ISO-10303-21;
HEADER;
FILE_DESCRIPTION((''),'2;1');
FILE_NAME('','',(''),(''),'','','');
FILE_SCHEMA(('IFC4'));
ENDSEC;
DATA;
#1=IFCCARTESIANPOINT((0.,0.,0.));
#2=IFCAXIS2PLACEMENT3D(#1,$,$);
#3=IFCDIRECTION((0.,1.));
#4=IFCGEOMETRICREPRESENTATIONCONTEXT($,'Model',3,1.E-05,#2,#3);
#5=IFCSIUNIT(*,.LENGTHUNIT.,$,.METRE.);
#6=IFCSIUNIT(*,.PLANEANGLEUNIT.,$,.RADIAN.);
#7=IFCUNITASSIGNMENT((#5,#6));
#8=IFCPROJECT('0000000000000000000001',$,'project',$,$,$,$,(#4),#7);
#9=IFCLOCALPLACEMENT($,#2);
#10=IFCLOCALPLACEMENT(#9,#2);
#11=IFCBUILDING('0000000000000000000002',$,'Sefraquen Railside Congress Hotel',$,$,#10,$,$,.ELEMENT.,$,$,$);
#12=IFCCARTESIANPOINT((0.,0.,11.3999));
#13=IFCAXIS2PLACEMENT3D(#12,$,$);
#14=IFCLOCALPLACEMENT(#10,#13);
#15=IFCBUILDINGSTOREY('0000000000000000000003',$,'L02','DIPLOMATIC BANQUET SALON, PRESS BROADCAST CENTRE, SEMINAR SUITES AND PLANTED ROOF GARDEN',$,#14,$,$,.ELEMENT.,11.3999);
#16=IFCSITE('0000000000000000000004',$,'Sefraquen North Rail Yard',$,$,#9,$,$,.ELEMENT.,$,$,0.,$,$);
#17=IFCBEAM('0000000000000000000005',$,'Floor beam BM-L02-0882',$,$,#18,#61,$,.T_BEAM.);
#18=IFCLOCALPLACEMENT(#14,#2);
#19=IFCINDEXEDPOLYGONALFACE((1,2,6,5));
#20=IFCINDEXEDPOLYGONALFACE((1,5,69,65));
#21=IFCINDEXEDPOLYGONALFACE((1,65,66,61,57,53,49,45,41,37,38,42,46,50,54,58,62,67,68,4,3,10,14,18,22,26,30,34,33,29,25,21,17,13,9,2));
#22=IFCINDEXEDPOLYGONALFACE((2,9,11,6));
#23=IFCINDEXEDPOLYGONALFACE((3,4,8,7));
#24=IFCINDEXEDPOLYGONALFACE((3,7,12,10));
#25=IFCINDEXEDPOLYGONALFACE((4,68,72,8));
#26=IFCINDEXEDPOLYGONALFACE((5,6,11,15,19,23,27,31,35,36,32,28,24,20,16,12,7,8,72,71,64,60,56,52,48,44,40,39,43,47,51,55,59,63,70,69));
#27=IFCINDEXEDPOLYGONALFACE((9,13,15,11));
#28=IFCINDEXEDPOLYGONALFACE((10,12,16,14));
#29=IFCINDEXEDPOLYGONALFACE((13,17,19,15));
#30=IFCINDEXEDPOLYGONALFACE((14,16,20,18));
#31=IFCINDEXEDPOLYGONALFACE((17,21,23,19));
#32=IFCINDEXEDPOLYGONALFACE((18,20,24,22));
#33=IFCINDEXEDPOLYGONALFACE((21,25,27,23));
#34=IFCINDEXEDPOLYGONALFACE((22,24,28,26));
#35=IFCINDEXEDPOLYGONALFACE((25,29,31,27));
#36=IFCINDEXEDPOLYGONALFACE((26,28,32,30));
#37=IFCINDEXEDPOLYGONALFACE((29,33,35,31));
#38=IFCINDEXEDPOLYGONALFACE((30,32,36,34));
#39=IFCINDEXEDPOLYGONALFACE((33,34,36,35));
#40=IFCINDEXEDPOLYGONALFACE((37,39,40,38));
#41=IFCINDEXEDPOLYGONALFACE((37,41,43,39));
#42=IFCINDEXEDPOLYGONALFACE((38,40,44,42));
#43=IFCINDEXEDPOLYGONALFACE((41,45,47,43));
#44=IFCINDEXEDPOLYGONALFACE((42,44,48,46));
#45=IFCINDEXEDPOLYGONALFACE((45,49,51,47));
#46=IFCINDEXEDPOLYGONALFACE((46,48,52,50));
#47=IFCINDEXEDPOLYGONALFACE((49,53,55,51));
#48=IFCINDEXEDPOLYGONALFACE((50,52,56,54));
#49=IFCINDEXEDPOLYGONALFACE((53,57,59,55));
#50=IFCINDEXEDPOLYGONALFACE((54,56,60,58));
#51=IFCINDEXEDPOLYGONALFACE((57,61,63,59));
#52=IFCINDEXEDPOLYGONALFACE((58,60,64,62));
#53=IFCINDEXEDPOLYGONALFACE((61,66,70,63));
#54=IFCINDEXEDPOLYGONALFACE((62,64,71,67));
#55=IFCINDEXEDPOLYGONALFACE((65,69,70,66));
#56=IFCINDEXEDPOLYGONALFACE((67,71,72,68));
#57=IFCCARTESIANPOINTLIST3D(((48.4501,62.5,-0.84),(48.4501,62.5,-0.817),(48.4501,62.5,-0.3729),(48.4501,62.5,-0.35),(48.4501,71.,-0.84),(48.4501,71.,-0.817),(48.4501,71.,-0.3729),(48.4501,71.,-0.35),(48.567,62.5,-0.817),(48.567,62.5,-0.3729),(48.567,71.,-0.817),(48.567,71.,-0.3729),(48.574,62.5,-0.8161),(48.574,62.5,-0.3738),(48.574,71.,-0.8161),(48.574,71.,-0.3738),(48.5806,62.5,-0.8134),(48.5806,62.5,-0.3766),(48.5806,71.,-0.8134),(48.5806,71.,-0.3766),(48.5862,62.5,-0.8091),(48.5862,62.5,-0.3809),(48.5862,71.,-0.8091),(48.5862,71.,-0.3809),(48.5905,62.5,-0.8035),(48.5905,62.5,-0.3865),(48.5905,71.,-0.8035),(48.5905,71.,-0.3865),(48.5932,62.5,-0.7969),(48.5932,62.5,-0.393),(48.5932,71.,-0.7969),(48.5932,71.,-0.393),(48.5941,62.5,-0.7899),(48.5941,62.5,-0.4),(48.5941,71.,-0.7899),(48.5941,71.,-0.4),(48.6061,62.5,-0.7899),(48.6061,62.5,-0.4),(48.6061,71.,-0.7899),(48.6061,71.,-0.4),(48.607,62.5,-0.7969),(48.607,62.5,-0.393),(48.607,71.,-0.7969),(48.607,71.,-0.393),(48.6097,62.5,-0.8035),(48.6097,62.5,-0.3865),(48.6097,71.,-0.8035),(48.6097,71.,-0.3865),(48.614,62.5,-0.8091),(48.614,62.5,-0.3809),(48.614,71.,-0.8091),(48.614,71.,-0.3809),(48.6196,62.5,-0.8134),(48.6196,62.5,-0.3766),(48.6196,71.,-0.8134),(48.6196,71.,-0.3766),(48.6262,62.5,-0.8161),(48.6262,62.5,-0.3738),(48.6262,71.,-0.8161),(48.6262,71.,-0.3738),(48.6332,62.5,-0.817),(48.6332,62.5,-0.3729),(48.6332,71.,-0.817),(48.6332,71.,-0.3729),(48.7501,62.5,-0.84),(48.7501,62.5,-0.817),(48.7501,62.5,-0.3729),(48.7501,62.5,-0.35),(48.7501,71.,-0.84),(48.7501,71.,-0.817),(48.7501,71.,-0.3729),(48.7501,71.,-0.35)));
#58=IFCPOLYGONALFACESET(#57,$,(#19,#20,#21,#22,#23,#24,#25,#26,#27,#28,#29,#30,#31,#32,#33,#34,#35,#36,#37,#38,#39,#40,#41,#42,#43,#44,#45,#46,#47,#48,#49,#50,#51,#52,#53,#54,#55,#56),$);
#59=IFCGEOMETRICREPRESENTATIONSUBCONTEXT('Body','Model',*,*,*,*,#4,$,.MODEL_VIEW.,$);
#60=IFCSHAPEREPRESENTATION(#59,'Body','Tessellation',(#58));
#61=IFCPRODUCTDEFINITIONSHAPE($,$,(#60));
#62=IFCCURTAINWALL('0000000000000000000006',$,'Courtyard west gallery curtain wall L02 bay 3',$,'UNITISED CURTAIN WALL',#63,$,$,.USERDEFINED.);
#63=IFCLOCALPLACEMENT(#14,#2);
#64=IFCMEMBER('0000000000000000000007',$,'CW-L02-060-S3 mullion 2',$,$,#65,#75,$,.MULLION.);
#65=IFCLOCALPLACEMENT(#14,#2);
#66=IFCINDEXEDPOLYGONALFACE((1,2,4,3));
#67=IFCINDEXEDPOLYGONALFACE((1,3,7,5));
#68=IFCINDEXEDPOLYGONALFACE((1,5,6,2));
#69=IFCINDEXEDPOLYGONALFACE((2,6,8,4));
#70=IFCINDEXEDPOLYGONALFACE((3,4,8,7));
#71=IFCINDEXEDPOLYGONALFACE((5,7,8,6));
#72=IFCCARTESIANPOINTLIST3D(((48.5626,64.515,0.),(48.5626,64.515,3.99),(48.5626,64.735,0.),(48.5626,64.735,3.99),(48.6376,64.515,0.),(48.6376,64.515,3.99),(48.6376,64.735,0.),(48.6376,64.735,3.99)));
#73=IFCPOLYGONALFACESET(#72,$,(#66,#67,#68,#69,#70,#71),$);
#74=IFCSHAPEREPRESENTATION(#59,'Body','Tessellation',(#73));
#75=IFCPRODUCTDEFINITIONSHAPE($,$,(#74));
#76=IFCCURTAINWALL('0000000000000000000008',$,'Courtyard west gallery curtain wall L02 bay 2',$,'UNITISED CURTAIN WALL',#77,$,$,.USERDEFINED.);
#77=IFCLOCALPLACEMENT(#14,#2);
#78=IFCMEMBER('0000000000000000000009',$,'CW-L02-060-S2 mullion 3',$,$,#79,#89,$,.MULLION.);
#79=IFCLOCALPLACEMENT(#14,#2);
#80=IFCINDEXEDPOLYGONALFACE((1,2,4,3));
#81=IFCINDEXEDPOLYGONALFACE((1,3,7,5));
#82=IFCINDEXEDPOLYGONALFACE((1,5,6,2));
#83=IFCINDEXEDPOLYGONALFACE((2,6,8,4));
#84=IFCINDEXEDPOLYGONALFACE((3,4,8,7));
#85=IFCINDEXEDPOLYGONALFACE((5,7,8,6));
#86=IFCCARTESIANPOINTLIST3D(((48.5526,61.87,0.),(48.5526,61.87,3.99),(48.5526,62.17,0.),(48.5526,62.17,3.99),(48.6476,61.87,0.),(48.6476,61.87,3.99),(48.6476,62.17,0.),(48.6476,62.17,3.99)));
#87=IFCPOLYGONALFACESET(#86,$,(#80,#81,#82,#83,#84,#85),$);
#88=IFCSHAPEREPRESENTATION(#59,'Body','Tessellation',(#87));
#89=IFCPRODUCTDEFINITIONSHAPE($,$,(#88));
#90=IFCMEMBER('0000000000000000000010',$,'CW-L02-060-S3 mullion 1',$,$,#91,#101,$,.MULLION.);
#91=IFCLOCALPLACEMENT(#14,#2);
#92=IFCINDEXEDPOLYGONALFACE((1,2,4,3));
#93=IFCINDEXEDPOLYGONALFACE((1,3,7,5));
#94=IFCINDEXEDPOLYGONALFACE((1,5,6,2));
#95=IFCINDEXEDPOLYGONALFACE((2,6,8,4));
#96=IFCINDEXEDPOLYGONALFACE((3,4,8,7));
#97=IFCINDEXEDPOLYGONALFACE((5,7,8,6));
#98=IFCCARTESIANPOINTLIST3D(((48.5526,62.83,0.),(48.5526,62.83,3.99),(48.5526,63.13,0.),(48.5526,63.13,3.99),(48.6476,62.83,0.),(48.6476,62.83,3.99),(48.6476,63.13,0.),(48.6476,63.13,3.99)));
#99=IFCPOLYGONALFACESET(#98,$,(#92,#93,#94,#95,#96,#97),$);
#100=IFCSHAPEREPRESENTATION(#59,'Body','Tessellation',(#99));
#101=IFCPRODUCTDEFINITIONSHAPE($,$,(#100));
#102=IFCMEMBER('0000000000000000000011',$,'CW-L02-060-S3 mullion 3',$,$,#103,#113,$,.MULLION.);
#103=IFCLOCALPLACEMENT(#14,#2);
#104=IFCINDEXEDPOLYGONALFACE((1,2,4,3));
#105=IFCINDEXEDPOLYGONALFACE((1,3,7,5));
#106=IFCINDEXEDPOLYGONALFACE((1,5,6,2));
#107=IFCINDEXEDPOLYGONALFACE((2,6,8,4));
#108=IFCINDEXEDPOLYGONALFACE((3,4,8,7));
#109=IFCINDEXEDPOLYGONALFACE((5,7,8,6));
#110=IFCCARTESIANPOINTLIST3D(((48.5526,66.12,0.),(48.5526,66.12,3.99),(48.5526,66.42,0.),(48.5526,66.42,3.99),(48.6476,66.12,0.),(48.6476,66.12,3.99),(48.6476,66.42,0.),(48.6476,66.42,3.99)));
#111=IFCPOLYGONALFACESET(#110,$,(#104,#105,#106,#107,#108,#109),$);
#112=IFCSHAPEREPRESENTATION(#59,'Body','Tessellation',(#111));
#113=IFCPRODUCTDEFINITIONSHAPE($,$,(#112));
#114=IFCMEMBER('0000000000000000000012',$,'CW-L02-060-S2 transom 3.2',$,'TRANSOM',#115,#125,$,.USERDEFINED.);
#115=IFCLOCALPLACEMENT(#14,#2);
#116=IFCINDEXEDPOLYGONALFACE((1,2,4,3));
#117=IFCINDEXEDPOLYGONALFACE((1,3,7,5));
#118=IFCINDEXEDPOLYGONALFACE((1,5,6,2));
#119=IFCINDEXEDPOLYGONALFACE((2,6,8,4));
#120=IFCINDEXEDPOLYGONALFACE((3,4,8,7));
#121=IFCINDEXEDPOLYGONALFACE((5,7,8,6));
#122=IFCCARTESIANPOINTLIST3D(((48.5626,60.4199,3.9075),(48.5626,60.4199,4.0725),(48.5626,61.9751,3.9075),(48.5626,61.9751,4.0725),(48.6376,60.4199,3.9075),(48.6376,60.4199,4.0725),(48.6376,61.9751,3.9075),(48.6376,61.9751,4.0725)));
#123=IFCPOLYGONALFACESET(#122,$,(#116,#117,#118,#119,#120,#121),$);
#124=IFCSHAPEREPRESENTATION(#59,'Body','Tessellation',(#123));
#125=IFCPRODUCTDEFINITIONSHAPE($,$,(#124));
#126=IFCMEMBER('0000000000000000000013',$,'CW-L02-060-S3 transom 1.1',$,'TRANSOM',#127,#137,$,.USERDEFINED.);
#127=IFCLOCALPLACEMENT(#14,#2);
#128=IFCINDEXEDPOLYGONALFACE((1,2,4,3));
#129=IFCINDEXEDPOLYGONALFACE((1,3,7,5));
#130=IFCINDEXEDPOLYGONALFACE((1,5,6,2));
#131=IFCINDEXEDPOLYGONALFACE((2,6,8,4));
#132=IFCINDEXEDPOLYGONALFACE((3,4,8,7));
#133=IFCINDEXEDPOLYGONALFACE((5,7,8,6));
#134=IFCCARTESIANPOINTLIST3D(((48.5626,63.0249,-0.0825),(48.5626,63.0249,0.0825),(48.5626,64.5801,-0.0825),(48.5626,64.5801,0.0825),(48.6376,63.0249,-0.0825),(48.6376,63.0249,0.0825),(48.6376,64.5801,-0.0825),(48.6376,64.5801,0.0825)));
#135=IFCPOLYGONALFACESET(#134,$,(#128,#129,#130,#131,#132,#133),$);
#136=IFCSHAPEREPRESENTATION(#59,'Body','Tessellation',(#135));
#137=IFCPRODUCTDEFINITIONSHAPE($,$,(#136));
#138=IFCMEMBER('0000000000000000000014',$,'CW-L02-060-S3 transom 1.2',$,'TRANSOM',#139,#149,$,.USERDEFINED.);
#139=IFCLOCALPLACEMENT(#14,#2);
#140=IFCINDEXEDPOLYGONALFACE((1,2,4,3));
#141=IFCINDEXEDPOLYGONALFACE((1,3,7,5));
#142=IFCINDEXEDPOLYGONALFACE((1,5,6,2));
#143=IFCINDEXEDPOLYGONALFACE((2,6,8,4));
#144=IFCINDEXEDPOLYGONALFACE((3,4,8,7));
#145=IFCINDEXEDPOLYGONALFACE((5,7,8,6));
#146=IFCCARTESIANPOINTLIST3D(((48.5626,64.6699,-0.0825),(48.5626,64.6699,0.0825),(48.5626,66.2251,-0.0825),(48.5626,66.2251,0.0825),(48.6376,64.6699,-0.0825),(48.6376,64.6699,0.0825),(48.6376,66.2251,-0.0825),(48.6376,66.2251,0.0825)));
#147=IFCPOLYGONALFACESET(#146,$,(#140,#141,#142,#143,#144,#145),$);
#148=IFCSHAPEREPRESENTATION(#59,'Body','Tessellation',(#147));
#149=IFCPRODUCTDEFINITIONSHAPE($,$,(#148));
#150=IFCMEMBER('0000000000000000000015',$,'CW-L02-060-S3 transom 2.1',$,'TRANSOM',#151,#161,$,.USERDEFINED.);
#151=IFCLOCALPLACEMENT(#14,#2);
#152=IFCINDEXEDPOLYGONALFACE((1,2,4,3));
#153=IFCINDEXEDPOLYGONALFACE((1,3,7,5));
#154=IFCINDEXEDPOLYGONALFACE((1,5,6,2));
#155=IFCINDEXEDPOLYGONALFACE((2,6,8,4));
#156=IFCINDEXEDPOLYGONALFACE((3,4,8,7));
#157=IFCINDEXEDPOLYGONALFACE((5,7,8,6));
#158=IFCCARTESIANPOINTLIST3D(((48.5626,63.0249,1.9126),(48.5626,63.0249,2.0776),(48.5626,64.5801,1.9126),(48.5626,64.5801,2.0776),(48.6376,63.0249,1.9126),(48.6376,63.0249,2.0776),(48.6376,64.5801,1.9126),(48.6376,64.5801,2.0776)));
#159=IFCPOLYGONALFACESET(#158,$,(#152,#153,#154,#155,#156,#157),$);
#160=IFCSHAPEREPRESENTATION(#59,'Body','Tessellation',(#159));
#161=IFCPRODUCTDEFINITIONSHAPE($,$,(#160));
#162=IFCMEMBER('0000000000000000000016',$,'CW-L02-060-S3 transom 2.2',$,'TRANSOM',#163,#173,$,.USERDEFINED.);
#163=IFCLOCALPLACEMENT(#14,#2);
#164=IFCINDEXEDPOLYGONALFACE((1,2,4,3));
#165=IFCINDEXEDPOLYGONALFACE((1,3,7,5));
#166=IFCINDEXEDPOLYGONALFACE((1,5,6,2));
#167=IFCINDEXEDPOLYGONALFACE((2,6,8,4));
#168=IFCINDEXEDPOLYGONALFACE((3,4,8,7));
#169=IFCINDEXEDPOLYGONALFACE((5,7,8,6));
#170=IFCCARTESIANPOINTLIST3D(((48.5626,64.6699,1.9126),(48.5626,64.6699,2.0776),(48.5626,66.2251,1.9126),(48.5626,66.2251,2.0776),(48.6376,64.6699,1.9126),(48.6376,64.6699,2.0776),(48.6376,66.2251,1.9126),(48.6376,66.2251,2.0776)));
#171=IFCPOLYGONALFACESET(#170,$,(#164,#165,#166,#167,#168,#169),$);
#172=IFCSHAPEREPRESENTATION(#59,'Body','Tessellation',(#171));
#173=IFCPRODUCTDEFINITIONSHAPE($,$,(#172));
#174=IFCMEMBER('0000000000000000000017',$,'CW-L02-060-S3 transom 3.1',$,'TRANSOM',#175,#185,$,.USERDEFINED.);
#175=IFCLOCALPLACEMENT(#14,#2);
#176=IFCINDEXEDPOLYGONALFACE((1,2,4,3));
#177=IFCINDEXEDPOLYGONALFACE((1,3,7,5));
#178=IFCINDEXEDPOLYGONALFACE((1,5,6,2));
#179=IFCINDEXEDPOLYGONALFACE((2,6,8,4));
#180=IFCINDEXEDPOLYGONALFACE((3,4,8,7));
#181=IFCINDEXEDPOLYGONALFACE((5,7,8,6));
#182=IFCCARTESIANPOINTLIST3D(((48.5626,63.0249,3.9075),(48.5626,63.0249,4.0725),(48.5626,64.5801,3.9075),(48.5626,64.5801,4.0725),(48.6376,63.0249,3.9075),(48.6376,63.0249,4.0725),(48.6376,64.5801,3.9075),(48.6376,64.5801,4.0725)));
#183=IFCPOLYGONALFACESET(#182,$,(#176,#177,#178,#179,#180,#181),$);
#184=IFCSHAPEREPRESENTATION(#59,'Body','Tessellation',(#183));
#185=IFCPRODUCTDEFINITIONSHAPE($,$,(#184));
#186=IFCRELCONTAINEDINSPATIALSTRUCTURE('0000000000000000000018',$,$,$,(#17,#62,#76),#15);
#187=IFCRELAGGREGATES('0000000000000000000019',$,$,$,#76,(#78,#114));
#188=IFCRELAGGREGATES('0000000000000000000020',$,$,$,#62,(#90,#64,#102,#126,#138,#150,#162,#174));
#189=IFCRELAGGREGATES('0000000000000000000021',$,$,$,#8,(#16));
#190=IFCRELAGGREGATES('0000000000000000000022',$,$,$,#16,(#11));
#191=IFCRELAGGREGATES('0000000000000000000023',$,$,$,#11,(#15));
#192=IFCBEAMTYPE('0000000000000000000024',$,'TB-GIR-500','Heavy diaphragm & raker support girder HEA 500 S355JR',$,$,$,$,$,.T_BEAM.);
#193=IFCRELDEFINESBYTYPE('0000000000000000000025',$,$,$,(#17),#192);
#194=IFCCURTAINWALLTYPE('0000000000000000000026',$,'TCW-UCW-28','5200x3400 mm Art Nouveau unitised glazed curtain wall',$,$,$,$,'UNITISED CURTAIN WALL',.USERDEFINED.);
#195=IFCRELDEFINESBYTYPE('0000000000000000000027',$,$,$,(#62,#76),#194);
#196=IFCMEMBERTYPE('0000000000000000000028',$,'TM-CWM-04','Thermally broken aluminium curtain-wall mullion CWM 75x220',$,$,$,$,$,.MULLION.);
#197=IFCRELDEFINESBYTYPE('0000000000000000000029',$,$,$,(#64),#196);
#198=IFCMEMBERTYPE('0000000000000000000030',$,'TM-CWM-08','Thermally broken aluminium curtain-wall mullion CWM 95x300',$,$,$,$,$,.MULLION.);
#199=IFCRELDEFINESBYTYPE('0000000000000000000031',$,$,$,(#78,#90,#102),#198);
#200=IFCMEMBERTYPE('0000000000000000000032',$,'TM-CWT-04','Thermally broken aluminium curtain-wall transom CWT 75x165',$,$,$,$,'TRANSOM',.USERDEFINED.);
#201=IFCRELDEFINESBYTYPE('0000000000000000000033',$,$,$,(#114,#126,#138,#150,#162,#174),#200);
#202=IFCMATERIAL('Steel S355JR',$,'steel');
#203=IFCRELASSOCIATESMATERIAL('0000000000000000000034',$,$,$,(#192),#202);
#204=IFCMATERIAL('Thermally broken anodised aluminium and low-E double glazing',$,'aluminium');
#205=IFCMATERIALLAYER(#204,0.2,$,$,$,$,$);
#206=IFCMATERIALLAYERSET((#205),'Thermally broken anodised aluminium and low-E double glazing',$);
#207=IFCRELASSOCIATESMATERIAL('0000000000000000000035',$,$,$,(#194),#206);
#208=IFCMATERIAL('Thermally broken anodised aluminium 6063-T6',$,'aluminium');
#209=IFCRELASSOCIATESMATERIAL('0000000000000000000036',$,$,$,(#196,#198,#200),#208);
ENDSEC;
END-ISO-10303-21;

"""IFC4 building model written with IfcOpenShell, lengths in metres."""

from ifc_helpers import new_model, si_unit, direction, frame, origin, origin_2d, place, context, subcontext, project, spatial, rectangle, i_section, extrude, material, layer, layer_set, material_profile, profile_set, type_object, element, aggregate, save


model = new_model("IFC4")

# Units and contexts
model_context = context("Model", 3, precision=1e-05, world=origin(), true_north=direction((0.0, 1.0)))
body_context = subcontext(model_context, "Body", "Model", "MODEL_VIEW")
ifc_project = project(units=[si_unit("LENGTHUNIT", "METRE"), si_unit("PLANEANGLEUNIT", "RADIAN")], contexts=[model_context])

# Site, building, storey
site_placement = place(None, origin())
site = spatial("IfcSite", under=ifc_project, at=site_placement, Name="Sefraquen North Rail Yard", CompositionType="ELEMENT", RefElevation=0.0)
building_placement = place(site_placement, origin())
building = spatial("IfcBuilding", under=site, at=building_placement, Name="Sefraquen Railside Congress Hotel", CompositionType="ELEMENT")
storey_placement = place(building_placement, frame((0.0, 0.0, 11.3999)))
storey = spatial("IfcBuildingStorey", under=building, at=storey_placement, Name="L02", Description="DIPLOMATIC BANQUET SALON, PRESS BROADCAST CENTRE, SEMINAR SUITES AND PLANTED ROOF GARDEN", CompositionType="ELEMENT", Elevation=11.3999)

# Shared definitions
ifc_material_1 = material(Name="Steel S355JR", Category="steel")

# Beam
ifc_material_profile_1 = material_profile(ifc_material_1, i_section(OverallWidth=0.3, OverallDepth=0.49, WebThickness=0.012, FlangeThickness=0.0229, FilletRadius=0.0271, at=origin_2d()), Name="HEA 500")
ifc_profile_set_1 = profile_set([ifc_material_profile_1], Name="Steel S355JR")
beam_type_1 = type_object("IfcBeamType", Name="TB-GIR-500", Description="Heavy diaphragm & raker support girder HEA 500 S355JR", PredefinedType="T_BEAM", material=ifc_profile_set_1)
beam_placement = place(storey_placement, frame((48.6001, 62.5, -0.595), z_axis=(0.0, 1.0, 0.0), x_axis=(-1.0, 0.0, 0.0)))
element("IfcBeam", 1, at=beam_placement, inside=storey, type_object=beam_type_1, Name="Floor beam BM-L02-0882", PredefinedType="T_BEAM", context=body_context, shape_type="SweptSolid", body=[
    extrude(i_section(OverallWidth=0.3, OverallDepth=0.49, WebThickness=0.012, FlangeThickness=0.0229, FilletRadius=0.0271, at=origin_2d()), origin(), (0.0, 0.0, 1.0), 8.5),
])

# Curtain walls, members
ifc_material_2 = material(Name="Thermally broken anodised aluminium and low-E double glazing", Category="aluminium")
ifc_layer_1 = layer(ifc_material_2, 0.2)
ifc_layer_set_1 = layer_set([ifc_layer_1], Name="Thermally broken anodised aluminium and low-E double glazing")
curtain_wall_type = type_object("IfcCurtainWallType", Name="TCW-UCW-28", Description="5200x3400 mm Art Nouveau unitised glazed curtain wall", ElementType="UNITISED CURTAIN WALL", PredefinedType="USERDEFINED", material=ifc_layer_set_1)
curtain_wall_1_placement = place(storey_placement, origin())
curtain_wall_1 = element("IfcCurtainWall", 2, at=curtain_wall_1_placement, inside=storey, type_object=curtain_wall_type, Name="Courtyard west gallery curtain wall L02 bay 3", ObjectType="UNITISED CURTAIN WALL", PredefinedType="USERDEFINED")
ifc_material_3 = material(Name="Thermally broken anodised aluminium 6063-T6", Category="aluminium")
ifc_material_profile_2 = material_profile(ifc_material_3, rectangle(XDim=0.075, YDim=0.22, at=origin_2d()), Name="CWM 75x220")
ifc_profile_set_2 = profile_set([ifc_material_profile_2], Name="Thermally broken anodised aluminium 6063-T6")
member_type_1 = type_object("IfcMemberType", Name="TM-CWM-04", Description="Thermally broken aluminium curtain-wall mullion CWM 75x220", PredefinedType="MULLION", material=ifc_profile_set_2)
member_1_placement = place(storey_placement, frame((48.6001, 64.625, 0.0), z_axis=(0.0, 0.0, 1.0), x_axis=(1.0, 0.0, 0.0)))
member_1 = element("IfcMember", 3, at=member_1_placement, type_object=member_type_1, Name="CW-L02-060-S3 mullion 2", PredefinedType="MULLION", context=body_context, shape_type="SweptSolid", body=[
    extrude(rectangle(XDim=0.075, YDim=0.22, at=origin_2d()), origin(), (0.0, 0.0, 1.0), 3.99),
])
curtain_wall_2_placement = place(storey_placement, origin())
curtain_wall_2 = element("IfcCurtainWall", 4, at=curtain_wall_2_placement, inside=storey, type_object=curtain_wall_type, Name="Courtyard west gallery curtain wall L02 bay 2", ObjectType="UNITISED CURTAIN WALL", PredefinedType="USERDEFINED")
ifc_material_profile_3 = material_profile(ifc_material_3, rectangle(XDim=0.095, YDim=0.3, at=origin_2d()), Name="CWM 95x300")
ifc_profile_set_3 = profile_set([ifc_material_profile_3], Name="Thermally broken anodised aluminium 6063-T6")
member_type_2 = type_object("IfcMemberType", Name="TM-CWM-08", Description="Thermally broken aluminium curtain-wall mullion CWM 95x300", PredefinedType="MULLION", material=ifc_profile_set_3)
member_2_placement = place(storey_placement, frame((48.6001, 62.02, 0.0), z_axis=(0.0, 0.0, 1.0), x_axis=(1.0, 0.0, 0.0)))
member_2 = element("IfcMember", 5, at=member_2_placement, type_object=member_type_2, Name="CW-L02-060-S2 mullion 3", PredefinedType="MULLION", context=body_context, shape_type="SweptSolid", body=[
    extrude(rectangle(XDim=0.095, YDim=0.3, at=origin_2d()), origin(), (0.0, 0.0, 1.0), 3.99),
])

# Members
member_3_placement = place(storey_placement, frame((48.6001, 62.98, 0.0), z_axis=(0.0, 0.0, 1.0), x_axis=(1.0, 0.0, 0.0)))
member_3 = element("IfcMember", 6, at=member_3_placement, type_object=member_type_2, Name="CW-L02-060-S3 mullion 1", PredefinedType="MULLION", context=body_context, shape_type="SweptSolid", body=[
    extrude(rectangle(XDim=0.095, YDim=0.3, at=origin_2d()), origin(), (0.0, 0.0, 1.0), 3.99),
])
member_4_placement = place(storey_placement, frame((48.6001, 66.27, 0.0), z_axis=(0.0, 0.0, 1.0), x_axis=(1.0, 0.0, 0.0)))
member_4 = element("IfcMember", 7, at=member_4_placement, type_object=member_type_2, Name="CW-L02-060-S3 mullion 3", PredefinedType="MULLION", context=body_context, shape_type="SweptSolid", body=[
    extrude(rectangle(XDim=0.095, YDim=0.3, at=origin_2d()), origin(), (0.0, 0.0, 1.0), 3.99),
])
ifc_material_profile_4 = material_profile(ifc_material_3, rectangle(XDim=0.075, YDim=0.165, at=origin_2d()), Name="CWT 75x165")
ifc_profile_set_4 = profile_set([ifc_material_profile_4], Name="Thermally broken anodised aluminium 6063-T6")
member_type_3 = type_object("IfcMemberType", Name="TM-CWT-04", Description="Thermally broken aluminium curtain-wall transom CWT 75x165", ElementType="TRANSOM", PredefinedType="USERDEFINED", material=ifc_profile_set_4)
member_5_placement = place(storey_placement, frame((48.6001, 60.4199, 3.99), z_axis=(0.0, 1.0, 0.0), x_axis=(-1.0, 0.0, 0.0)))
member_5 = element("IfcMember", 8, at=member_5_placement, type_object=member_type_3, Name="CW-L02-060-S2 transom 3.2", ObjectType="TRANSOM", PredefinedType="USERDEFINED", context=body_context, shape_type="SweptSolid", body=[
    extrude(rectangle(XDim=0.075, YDim=0.165, at=origin_2d()), origin(), (0.0, 0.0, 1.0), 1.5552),
])
member_6_placement = place(storey_placement, frame((48.6001, 63.0249, 0.0), z_axis=(0.0, 1.0, 0.0), x_axis=(-1.0, 0.0, 0.0)))
member_6 = element("IfcMember", 9, at=member_6_placement, type_object=member_type_3, Name="CW-L02-060-S3 transom 1.1", ObjectType="TRANSOM", PredefinedType="USERDEFINED", context=body_context, shape_type="SweptSolid", body=[
    extrude(rectangle(XDim=0.075, YDim=0.165, at=origin_2d()), origin(), (0.0, 0.0, 1.0), 1.5552),
])
member_7_placement = place(storey_placement, frame((48.6001, 64.6699, 0.0), z_axis=(0.0, 1.0, 0.0), x_axis=(-1.0, 0.0, 0.0)))
member_7 = element("IfcMember", 10, at=member_7_placement, type_object=member_type_3, Name="CW-L02-060-S3 transom 1.2", ObjectType="TRANSOM", PredefinedType="USERDEFINED", context=body_context, shape_type="SweptSolid", body=[
    extrude(rectangle(XDim=0.075, YDim=0.165, at=origin_2d()), origin(), (0.0, 0.0, 1.0), 1.5552),
])
member_8_placement = place(storey_placement, frame((48.6001, 63.0249, 1.9951), z_axis=(0.0, 1.0, 0.0), x_axis=(-1.0, 0.0, 0.0)))
member_8 = element("IfcMember", 11, at=member_8_placement, type_object=member_type_3, Name="CW-L02-060-S3 transom 2.1", ObjectType="TRANSOM", PredefinedType="USERDEFINED", context=body_context, shape_type="SweptSolid", body=[
    extrude(rectangle(XDim=0.075, YDim=0.165, at=origin_2d()), origin(), (0.0, 0.0, 1.0), 1.5552),
])
member_9_placement = place(storey_placement, frame((48.6001, 64.6699, 1.9951), z_axis=(0.0, 1.0, 0.0), x_axis=(-1.0, 0.0, 0.0)))
member_9 = element("IfcMember", 12, at=member_9_placement, type_object=member_type_3, Name="CW-L02-060-S3 transom 2.2", ObjectType="TRANSOM", PredefinedType="USERDEFINED", context=body_context, shape_type="SweptSolid", body=[
    extrude(rectangle(XDim=0.075, YDim=0.165, at=origin_2d()), origin(), (0.0, 0.0, 1.0), 1.5552),
])
member_10_placement = place(storey_placement, frame((48.6001, 63.0249, 3.99), z_axis=(0.0, 1.0, 0.0), x_axis=(-1.0, 0.0, 0.0)))
member_10 = element("IfcMember", 13, at=member_10_placement, type_object=member_type_3, Name="CW-L02-060-S3 transom 3.1", ObjectType="TRANSOM", PredefinedType="USERDEFINED", context=body_context, shape_type="SweptSolid", body=[
    extrude(rectangle(XDim=0.075, YDim=0.165, at=origin_2d()), origin(), (0.0, 0.0, 1.0), 1.5552),
])

aggregate(curtain_wall_2, [member_2, member_5])
aggregate(curtain_wall_1, [member_3, member_1, member_4, member_6, member_7, member_8, member_9, member_10])

save(model, "model.ifc")
